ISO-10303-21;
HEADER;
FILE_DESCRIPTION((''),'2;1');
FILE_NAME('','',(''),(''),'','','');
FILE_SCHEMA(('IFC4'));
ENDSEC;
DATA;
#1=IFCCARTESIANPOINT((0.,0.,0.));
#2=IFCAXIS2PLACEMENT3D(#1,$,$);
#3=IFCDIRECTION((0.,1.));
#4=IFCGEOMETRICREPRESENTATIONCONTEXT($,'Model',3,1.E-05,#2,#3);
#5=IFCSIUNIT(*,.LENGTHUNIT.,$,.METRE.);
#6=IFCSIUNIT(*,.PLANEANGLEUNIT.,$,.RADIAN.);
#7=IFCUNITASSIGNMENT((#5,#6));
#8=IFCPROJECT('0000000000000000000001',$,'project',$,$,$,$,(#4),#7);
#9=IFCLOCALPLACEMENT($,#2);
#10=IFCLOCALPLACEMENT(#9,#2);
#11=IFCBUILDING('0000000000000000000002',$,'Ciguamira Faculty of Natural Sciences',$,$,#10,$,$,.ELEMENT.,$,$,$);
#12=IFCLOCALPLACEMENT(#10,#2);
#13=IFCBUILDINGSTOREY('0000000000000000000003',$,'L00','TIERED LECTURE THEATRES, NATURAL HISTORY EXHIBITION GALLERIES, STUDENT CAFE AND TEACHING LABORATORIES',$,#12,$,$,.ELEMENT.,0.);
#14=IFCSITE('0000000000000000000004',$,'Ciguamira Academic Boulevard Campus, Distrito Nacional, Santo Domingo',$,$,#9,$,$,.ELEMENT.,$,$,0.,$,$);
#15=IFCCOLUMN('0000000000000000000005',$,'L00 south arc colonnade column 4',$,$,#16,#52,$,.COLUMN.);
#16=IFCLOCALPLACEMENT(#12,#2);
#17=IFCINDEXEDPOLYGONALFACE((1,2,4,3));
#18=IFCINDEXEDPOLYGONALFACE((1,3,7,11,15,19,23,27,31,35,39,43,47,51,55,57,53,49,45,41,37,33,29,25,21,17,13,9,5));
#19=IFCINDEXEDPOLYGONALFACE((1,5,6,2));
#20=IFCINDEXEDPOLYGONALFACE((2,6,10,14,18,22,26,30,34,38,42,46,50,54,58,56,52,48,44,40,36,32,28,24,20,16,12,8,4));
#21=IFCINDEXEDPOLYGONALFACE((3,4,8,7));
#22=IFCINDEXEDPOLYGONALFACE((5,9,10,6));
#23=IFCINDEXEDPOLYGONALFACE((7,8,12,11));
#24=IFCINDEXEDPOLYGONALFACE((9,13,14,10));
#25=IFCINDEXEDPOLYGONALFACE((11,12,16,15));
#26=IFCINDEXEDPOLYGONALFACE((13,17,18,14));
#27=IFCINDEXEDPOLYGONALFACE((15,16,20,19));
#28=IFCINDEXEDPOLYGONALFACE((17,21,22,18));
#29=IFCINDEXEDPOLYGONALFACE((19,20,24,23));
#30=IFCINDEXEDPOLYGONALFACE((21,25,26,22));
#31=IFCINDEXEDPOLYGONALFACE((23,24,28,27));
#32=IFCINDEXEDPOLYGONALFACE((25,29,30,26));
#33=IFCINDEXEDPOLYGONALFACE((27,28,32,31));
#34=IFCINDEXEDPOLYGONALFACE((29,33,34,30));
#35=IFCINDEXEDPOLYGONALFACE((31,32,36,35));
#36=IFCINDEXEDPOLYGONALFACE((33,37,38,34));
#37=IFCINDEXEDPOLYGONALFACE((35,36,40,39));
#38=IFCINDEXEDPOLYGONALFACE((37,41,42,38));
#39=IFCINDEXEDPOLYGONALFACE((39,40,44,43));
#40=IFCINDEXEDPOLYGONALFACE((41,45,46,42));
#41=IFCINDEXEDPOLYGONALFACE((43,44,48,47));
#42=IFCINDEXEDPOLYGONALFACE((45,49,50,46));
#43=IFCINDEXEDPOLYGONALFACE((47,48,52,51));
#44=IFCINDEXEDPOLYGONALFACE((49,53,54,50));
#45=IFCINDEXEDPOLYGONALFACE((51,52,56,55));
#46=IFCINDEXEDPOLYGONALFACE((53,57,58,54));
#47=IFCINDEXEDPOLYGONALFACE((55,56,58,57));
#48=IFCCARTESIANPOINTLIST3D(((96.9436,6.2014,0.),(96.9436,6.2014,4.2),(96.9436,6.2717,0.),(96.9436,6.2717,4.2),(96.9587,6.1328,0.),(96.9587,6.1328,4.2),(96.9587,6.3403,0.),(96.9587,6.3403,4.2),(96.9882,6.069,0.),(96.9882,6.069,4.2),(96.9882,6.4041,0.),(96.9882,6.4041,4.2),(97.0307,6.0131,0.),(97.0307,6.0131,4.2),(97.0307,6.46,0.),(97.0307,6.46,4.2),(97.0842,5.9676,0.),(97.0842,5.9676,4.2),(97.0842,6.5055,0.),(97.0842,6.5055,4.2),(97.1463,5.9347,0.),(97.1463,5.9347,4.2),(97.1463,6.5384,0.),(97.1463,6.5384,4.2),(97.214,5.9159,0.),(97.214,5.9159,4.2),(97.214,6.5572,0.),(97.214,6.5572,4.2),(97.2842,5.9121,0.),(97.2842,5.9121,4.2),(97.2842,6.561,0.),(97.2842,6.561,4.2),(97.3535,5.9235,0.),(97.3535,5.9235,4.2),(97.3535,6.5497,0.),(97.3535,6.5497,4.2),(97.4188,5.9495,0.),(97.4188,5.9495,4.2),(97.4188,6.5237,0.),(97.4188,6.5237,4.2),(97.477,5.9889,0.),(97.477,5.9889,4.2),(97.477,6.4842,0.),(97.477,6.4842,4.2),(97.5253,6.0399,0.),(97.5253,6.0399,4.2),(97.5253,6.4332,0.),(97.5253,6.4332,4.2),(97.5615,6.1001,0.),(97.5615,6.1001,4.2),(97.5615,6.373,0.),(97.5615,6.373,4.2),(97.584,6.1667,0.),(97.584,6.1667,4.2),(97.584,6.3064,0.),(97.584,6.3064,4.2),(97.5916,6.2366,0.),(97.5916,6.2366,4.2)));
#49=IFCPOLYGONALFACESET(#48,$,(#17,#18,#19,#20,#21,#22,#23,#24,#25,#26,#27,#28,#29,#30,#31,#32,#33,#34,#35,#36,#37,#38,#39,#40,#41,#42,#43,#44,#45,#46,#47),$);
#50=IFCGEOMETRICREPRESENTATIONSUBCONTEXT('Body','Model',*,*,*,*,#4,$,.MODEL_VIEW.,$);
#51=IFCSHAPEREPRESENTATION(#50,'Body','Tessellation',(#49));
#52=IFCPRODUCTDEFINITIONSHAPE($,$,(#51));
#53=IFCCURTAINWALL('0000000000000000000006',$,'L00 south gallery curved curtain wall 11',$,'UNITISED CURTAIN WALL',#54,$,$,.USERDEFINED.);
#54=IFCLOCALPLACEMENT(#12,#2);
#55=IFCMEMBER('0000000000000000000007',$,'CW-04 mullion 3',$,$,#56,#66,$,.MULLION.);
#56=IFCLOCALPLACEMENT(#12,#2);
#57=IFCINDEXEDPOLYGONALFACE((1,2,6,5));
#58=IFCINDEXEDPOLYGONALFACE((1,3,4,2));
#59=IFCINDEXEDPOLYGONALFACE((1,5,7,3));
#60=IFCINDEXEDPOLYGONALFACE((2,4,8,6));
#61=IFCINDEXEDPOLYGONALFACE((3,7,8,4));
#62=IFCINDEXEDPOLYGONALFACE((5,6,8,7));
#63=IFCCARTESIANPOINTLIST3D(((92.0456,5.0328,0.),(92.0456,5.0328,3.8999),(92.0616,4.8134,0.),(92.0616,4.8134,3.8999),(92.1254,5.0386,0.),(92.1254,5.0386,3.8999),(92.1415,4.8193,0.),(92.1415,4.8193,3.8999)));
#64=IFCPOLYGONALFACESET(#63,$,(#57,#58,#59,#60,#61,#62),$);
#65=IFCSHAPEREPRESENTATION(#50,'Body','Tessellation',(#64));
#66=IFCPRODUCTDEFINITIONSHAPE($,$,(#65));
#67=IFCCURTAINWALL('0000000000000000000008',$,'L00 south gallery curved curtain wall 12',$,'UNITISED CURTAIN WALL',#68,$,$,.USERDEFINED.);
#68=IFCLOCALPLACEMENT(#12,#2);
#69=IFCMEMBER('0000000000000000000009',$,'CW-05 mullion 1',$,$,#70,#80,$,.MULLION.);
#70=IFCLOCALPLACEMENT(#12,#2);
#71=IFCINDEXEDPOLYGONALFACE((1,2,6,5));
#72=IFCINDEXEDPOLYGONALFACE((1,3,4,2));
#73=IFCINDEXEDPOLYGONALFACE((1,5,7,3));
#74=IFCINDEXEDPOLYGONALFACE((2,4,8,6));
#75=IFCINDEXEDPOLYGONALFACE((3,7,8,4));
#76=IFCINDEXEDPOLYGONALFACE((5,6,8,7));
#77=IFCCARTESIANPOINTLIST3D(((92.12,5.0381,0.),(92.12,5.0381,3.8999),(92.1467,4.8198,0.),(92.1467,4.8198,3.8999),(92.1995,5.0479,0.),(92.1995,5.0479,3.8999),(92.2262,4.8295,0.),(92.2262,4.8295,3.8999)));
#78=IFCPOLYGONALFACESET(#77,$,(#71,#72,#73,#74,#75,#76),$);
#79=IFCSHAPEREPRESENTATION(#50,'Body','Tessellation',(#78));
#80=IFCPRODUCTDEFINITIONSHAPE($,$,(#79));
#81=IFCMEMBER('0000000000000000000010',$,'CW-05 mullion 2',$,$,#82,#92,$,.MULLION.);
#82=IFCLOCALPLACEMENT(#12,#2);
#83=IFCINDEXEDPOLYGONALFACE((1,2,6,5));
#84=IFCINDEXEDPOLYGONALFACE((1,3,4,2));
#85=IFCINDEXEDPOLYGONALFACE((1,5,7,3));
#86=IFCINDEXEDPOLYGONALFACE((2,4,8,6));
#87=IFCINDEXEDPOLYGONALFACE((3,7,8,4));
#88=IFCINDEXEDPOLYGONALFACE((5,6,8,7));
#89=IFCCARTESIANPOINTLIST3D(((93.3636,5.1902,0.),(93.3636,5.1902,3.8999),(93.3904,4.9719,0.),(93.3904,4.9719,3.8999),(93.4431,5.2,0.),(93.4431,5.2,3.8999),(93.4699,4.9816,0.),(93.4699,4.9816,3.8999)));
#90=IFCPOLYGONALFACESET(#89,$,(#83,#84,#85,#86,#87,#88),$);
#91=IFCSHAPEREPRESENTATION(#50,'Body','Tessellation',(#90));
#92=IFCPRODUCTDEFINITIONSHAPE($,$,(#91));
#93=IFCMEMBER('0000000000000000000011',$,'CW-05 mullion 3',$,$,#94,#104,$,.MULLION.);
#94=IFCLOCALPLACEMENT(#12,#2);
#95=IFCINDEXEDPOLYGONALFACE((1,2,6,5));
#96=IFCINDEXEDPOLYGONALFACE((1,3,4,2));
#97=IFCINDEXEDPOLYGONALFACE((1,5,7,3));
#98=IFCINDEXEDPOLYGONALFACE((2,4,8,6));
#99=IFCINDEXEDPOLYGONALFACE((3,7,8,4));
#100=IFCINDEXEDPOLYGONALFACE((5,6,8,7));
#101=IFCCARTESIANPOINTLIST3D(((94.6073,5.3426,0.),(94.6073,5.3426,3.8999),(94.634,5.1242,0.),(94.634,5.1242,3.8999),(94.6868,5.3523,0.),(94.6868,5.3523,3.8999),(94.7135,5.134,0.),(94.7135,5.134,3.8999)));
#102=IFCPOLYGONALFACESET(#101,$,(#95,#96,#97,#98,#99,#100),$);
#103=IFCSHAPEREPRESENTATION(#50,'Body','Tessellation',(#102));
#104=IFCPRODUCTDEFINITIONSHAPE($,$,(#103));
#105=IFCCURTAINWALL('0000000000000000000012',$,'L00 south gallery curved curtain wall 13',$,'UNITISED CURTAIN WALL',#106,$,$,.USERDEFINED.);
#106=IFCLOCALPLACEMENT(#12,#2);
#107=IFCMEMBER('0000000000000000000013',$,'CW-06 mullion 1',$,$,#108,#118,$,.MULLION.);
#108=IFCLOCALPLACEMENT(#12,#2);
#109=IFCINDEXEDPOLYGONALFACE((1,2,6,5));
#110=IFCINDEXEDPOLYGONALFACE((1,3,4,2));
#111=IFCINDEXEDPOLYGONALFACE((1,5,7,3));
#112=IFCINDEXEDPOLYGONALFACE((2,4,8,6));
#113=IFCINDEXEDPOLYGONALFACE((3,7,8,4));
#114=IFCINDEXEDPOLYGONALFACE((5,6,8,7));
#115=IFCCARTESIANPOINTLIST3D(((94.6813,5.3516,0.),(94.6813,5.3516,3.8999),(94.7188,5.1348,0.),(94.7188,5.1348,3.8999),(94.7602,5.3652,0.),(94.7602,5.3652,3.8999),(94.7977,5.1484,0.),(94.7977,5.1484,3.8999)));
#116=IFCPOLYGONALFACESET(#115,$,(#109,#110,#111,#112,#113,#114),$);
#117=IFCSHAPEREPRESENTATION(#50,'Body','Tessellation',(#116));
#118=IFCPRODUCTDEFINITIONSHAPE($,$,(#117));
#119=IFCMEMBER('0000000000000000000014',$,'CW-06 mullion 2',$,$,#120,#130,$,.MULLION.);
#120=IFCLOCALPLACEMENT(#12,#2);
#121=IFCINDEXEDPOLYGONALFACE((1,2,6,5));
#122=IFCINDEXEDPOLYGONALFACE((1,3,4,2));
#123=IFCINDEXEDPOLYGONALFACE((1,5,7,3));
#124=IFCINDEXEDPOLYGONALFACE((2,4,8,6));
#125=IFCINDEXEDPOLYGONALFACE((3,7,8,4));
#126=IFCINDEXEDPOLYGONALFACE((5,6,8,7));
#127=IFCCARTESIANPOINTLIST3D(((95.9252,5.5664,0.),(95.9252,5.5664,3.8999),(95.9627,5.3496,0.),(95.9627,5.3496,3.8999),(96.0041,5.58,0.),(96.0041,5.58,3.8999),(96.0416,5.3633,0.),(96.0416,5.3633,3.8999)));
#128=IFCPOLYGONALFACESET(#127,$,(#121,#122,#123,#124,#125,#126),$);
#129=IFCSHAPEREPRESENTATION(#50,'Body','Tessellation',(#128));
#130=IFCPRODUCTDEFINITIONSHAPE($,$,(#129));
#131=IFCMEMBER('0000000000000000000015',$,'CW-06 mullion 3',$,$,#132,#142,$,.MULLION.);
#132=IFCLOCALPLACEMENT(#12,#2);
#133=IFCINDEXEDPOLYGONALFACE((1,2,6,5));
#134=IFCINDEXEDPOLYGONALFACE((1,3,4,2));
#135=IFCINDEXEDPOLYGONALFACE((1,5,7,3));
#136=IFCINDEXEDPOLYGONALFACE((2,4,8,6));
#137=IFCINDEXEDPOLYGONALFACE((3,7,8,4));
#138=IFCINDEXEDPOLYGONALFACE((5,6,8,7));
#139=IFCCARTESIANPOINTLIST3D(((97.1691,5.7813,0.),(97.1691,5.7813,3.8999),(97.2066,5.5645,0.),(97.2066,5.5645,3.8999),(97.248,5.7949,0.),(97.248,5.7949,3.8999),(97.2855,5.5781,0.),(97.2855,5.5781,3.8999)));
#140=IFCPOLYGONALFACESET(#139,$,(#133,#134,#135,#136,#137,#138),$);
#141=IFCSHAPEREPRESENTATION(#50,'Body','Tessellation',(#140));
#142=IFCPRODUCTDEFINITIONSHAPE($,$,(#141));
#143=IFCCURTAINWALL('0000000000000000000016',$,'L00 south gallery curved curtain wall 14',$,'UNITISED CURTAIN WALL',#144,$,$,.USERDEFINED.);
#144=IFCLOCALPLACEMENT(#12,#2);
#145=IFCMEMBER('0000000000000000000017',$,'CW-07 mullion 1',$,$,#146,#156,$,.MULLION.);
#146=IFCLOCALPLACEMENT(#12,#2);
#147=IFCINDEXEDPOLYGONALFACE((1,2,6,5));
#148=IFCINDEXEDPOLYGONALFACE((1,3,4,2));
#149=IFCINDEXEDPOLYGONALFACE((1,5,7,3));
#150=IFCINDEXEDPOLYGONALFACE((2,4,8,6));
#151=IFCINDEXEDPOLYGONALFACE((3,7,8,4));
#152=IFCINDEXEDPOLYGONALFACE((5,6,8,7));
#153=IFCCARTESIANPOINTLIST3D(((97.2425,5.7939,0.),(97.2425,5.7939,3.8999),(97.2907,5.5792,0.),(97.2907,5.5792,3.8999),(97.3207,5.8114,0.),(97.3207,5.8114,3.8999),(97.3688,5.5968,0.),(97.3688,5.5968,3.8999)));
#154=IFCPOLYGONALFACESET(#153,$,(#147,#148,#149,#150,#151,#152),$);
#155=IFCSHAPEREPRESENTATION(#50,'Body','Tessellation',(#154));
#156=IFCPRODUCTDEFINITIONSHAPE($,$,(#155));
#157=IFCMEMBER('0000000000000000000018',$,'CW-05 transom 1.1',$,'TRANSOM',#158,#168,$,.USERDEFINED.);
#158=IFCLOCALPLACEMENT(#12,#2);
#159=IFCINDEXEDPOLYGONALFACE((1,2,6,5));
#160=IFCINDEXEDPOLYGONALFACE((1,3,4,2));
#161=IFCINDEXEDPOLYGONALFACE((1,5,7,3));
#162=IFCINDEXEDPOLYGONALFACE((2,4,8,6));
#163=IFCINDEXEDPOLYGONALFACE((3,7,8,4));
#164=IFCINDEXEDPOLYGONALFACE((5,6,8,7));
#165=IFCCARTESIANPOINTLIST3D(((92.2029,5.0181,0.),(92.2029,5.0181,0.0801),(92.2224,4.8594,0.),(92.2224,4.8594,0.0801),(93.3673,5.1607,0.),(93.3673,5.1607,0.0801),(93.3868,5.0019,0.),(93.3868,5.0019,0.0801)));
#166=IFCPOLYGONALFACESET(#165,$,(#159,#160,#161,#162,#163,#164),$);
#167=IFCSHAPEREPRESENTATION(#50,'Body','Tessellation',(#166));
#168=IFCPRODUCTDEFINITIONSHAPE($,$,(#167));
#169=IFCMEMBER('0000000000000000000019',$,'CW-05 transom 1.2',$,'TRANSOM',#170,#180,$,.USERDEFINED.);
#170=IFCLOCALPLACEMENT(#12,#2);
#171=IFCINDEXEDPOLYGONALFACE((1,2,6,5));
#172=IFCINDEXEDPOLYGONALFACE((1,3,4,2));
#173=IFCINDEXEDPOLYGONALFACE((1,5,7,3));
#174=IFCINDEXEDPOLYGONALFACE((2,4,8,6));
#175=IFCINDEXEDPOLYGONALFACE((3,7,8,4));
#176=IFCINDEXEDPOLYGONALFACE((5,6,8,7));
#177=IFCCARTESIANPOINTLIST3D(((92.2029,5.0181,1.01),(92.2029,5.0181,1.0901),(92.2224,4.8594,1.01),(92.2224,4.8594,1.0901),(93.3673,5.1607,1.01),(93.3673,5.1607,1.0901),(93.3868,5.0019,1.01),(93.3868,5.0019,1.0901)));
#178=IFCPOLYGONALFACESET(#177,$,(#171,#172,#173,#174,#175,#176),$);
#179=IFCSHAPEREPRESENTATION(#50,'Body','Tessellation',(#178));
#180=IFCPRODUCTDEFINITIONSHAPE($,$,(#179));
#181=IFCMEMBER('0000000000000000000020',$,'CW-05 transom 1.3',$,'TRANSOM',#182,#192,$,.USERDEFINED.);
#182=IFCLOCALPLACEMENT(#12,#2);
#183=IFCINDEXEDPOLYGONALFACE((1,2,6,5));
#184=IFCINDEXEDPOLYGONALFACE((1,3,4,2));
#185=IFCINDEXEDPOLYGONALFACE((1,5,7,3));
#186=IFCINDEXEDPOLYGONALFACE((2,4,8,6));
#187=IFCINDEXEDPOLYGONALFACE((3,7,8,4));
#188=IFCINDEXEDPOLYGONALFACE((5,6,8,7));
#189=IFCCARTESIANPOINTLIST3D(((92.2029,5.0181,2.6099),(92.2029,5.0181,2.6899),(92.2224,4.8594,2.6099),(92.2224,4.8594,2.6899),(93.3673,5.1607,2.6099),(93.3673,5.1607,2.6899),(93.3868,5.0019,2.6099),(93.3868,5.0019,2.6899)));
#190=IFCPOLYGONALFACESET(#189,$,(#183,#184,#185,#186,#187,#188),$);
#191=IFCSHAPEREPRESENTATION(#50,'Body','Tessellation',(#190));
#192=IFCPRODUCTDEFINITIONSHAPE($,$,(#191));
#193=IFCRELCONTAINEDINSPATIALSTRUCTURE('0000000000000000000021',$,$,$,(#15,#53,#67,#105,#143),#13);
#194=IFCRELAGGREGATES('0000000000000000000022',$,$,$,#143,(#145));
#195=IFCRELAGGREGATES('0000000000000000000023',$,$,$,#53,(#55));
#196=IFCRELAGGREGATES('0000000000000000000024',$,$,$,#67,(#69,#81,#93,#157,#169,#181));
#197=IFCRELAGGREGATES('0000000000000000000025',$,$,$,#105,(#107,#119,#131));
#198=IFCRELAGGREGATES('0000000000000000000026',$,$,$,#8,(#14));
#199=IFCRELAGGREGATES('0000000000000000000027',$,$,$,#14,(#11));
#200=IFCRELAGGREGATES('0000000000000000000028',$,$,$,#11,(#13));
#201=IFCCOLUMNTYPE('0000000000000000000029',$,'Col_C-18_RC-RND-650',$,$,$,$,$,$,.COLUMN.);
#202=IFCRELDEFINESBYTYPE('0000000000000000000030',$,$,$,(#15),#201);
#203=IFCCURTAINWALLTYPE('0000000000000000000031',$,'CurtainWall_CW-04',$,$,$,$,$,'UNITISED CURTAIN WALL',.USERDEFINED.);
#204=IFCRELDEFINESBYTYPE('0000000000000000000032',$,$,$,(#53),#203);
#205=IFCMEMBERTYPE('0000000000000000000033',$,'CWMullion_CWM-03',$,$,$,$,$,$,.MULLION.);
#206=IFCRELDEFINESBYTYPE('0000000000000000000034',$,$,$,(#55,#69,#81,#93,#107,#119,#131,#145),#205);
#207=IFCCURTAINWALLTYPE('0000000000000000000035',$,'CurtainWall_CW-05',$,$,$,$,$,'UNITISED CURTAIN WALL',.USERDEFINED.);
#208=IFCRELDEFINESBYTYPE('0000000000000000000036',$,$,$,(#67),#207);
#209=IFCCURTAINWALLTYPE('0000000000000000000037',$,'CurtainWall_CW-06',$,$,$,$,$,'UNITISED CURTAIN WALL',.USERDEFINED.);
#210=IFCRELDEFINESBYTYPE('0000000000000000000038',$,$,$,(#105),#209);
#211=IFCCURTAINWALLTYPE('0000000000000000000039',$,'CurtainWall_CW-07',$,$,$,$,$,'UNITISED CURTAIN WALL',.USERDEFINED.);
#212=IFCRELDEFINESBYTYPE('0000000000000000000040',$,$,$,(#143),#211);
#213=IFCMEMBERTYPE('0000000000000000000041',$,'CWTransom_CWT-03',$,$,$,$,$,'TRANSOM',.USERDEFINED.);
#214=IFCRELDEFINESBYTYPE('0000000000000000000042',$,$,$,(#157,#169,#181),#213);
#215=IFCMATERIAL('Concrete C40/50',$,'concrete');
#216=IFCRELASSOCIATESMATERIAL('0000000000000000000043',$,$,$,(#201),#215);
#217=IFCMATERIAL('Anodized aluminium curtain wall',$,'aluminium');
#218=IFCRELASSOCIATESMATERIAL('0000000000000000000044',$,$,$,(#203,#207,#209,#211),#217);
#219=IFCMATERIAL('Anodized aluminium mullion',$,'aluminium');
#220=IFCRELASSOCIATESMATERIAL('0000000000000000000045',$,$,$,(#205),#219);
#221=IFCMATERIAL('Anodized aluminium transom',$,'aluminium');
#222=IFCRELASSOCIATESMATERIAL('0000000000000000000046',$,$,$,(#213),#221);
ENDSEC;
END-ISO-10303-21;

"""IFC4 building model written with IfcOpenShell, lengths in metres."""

from ifc_helpers import new_model, si_unit, direction, frame, origin, origin_2d, place, context, subcontext, project, spatial, rectangle, circle, extrude, material, material_profile, profile_set, type_object, element, aggregate, save


model = new_model("IFC4")

# Units and contexts
model_context = context("Model", 3, precision=1e-05, world=origin(), true_north=direction((0.0, 1.0)))
body_context = subcontext(model_context, "Body", "Model", "MODEL_VIEW")
ifc_project = project(units=[si_unit("LENGTHUNIT", "METRE"), si_unit("PLANEANGLEUNIT", "RADIAN")], contexts=[model_context])

# Site, building, storey
site_placement = place(None, origin())
site = spatial("IfcSite", under=ifc_project, at=site_placement, Name="Ciguamira Academic Boulevard Campus, Distrito Nacional, Santo Domingo", CompositionType="ELEMENT", RefElevation=0.0)
building_placement = place(site_placement, origin())
building = spatial("IfcBuilding", under=site, at=building_placement, Name="Ciguamira Faculty of Natural Sciences", CompositionType="ELEMENT")
storey_placement = place(building_placement, origin())
storey = spatial("IfcBuildingStorey", under=building, at=storey_placement, Name="L00", Description="TIERED LECTURE THEATRES, NATURAL HISTORY EXHIBITION GALLERIES, STUDENT CAFE AND TEACHING LABORATORIES", CompositionType="ELEMENT", Elevation=0.0)

# Column
ifc_material_1 = material(Name="Concrete C40/50", Category="concrete")
ifc_material_profile_1 = material_profile(ifc_material_1, circle(Radius=0.325, at=origin_2d()), Name="RC-RND-650")
ifc_profile_set_1 = profile_set([ifc_material_profile_1], Name="Concrete C40/50")
column_type = type_object("IfcColumnType", Name="Col_C-18_RC-RND-650", PredefinedType="COLUMN", material=ifc_profile_set_1)
column_placement = place(storey_placement, frame((97.2666, 6.2366, 0.0), z_axis=(0.0, 0.0, 1.0), x_axis=(1.0, 0.0, 0.0)))
element("IfcColumn", 1, at=column_placement, inside=storey, type_object=column_type, Name="L00 south arc colonnade column 4", PredefinedType="COLUMN", context=body_context, shape_type="SweptSolid", body=[
    extrude(circle(Radius=0.325, at=origin_2d()), origin(), (0.0, 0.0, 1.0), 4.2),
])

# Curtain wall, member
ifc_material_2 = material(Name="Anodized aluminium curtain wall", Category="aluminium")
curtain_wall_type_1 = type_object("IfcCurtainWallType", Name="CurtainWall_CW-04", ElementType="UNITISED CURTAIN WALL", PredefinedType="USERDEFINED", material=ifc_material_2)
curtain_wall_1_placement = place(storey_placement, origin())
curtain_wall_1 = element("IfcCurtainWall", 2, at=curtain_wall_1_placement, inside=storey, type_object=curtain_wall_type_1, Name="L00 south gallery curved curtain wall 11", ObjectType="UNITISED CURTAIN WALL", PredefinedType="USERDEFINED")
ifc_material_3 = material(Name="Anodized aluminium mullion", Category="aluminium")
ifc_material_profile_2 = material_profile(ifc_material_3, rectangle(XDim=0.0801, YDim=0.22, at=origin_2d()), Name="ALU-MUL-80X220")
ifc_profile_set_2 = profile_set([ifc_material_profile_2], Name="Anodized aluminium mullion")
member_type_1 = type_object("IfcMemberType", Name="CWMullion_CWM-03", PredefinedType="MULLION", material=ifc_profile_set_2)
member_1_placement = place(storey_placement, frame((92.0935, 4.926, 0.0), z_axis=(0.0, 0.0, 1.0), x_axis=(0.997337, 0.072937, 0.0)))
member_1 = element("IfcMember", 3, at=member_1_placement, type_object=member_type_1, Name="CW-04 mullion 3", PredefinedType="MULLION", context=body_context, shape_type="SweptSolid", body=[
    extrude(rectangle(XDim=0.0801, YDim=0.22, at=origin_2d()), origin(), (0.0, 0.0, 1.0), 3.8999),
])

# Curtain walls, members
curtain_wall_type_2 = type_object("IfcCurtainWallType", Name="CurtainWall_CW-05", ElementType="UNITISED CURTAIN WALL", PredefinedType="USERDEFINED", material=ifc_material_2)
curtain_wall_2_placement = place(storey_placement, origin())
curtain_wall_2 = element("IfcCurtainWall", 4, at=curtain_wall_2_placement, inside=storey, type_object=curtain_wall_type_2, Name="L00 south gallery curved curtain wall 12", ObjectType="UNITISED CURTAIN WALL", PredefinedType="USERDEFINED")
member_2_placement = place(storey_placement, frame((92.1731, 4.9338, 0.0), z_axis=(0.0, 0.0, 1.0), x_axis=(0.992586, 0.121545, 0.0)))
member_2 = element("IfcMember", 5, at=member_2_placement, type_object=member_type_1, Name="CW-05 mullion 1", PredefinedType="MULLION", context=body_context, shape_type="SweptSolid", body=[
    extrude(rectangle(XDim=0.0801, YDim=0.22, at=origin_2d()), origin(), (0.0, 0.0, 1.0), 3.8999),
])
member_3_placement = place(storey_placement, frame((93.4167, 5.0859, 0.0), z_axis=(0.0, 0.0, 1.0), x_axis=(0.992586, 0.121545, 0.0)))
member_3 = element("IfcMember", 6, at=member_3_placement, type_object=member_type_1, Name="CW-05 mullion 2", PredefinedType="MULLION", context=body_context, shape_type="SweptSolid", body=[
    extrude(rectangle(XDim=0.0801, YDim=0.22, at=origin_2d()), origin(), (0.0, 0.0, 1.0), 3.8999),
])
member_4_placement = place(storey_placement, frame((94.6604, 5.2383, 0.0), z_axis=(0.0, 0.0, 1.0), x_axis=(0.992586, 0.121545, 0.0)))
member_4 = element("IfcMember", 7, at=member_4_placement, type_object=member_type_1, Name="CW-05 mullion 3", PredefinedType="MULLION", context=body_context, shape_type="SweptSolid", body=[
    extrude(rectangle(XDim=0.0801, YDim=0.22, at=origin_2d()), origin(), (0.0, 0.0, 1.0), 3.8999),
])
curtain_wall_type_3 = type_object("IfcCurtainWallType", Name="CurtainWall_CW-06", ElementType="UNITISED CURTAIN WALL", PredefinedType="USERDEFINED", material=ifc_material_2)
curtain_wall_3_placement = place(storey_placement, origin())
curtain_wall_3 = element("IfcCurtainWall", 8, at=curtain_wall_3_placement, inside=storey, type_object=curtain_wall_type_3, Name="L00 south gallery curved curtain wall 13", ObjectType="UNITISED CURTAIN WALL", PredefinedType="USERDEFINED")
member_5_placement = place(storey_placement, frame((94.7395, 5.25, 0.0), z_axis=(0.0, 0.0, 1.0), x_axis=(0.985411, 0.170192, 0.0)))
member_5 = element("IfcMember", 9, at=member_5_placement, type_object=member_type_1, Name="CW-06 mullion 1", PredefinedType="MULLION", context=body_context, shape_type="SweptSolid", body=[
    extrude(rectangle(XDim=0.0801, YDim=0.22, at=origin_2d()), origin(), (0.0, 0.0, 1.0), 3.8999),
])
member_6_placement = place(storey_placement, frame((95.9834, 5.4648, 0.0), z_axis=(0.0, 0.0, 1.0), x_axis=(0.985411, 0.170192, 0.0)))
member_6 = element("IfcMember", 10, at=member_6_placement, type_object=member_type_1, Name="CW-06 mullion 2", PredefinedType="MULLION", context=body_context, shape_type="SweptSolid", body=[
    extrude(rectangle(XDim=0.0801, YDim=0.22, at=origin_2d()), origin(), (0.0, 0.0, 1.0), 3.8999),
])
member_7_placement = place(storey_placement, frame((97.2273, 5.6797, 0.0), z_axis=(0.0, 0.0, 1.0), x_axis=(0.985411, 0.170192, 0.0)))
member_7 = element("IfcMember", 11, at=member_7_placement, type_object=member_type_1, Name="CW-06 mullion 3", PredefinedType="MULLION", context=body_context, shape_type="SweptSolid", body=[
    extrude(rectangle(XDim=0.0801, YDim=0.22, at=origin_2d()), origin(), (0.0, 0.0, 1.0), 3.8999),
])

# Curtain wall, member
curtain_wall_type_4 = type_object("IfcCurtainWallType", Name="CurtainWall_CW-07", ElementType="UNITISED CURTAIN WALL", PredefinedType="USERDEFINED", material=ifc_material_2)
curtain_wall_4_placement = place(storey_placement, origin())
curtain_wall_4 = element("IfcCurtainWall", 12, at=curtain_wall_4_placement, inside=storey, type_object=curtain_wall_type_4, Name="L00 south gallery curved curtain wall 14", ObjectType="UNITISED CURTAIN WALL", PredefinedType="USERDEFINED")
member_8_placement = place(storey_placement, frame((97.3057, 5.6953, 0.0), z_axis=(0.0, 0.0, 1.0), x_axis=(0.975763, 0.21883, 0.0)))
member_8 = element("IfcMember", 13, at=member_8_placement, type_object=member_type_1, Name="CW-07 mullion 1", PredefinedType="MULLION", context=body_context, shape_type="SweptSolid", body=[
    extrude(rectangle(XDim=0.0801, YDim=0.22, at=origin_2d()), origin(), (0.0, 0.0, 1.0), 3.8999),
])

# Members
ifc_material_4 = material(Name="Anodized aluminium transom", Category="aluminium")
ifc_material_profile_3 = material_profile(ifc_material_4, rectangle(XDim=0.0801, YDim=0.1599, at=origin_2d()), Name="ALU-TRN-80X160")
ifc_profile_set_3 = profile_set([ifc_material_profile_3], Name="Anodized aluminium transom")
member_type_2 = type_object("IfcMemberType", Name="CWTransom_CWT-03", ElementType="TRANSOM", PredefinedType="USERDEFINED", material=ifc_profile_set_3)
member_9_placement = place(storey_placement, frame((92.2126, 4.9387, 0.04), z_axis=(0.992585, 0.12155, 0.0), x_axis=(0.0, 0.0, 1.0)))
member_9 = element("IfcMember", 14, at=member_9_placement, type_object=member_type_2, Name="CW-05 transom 1.1", ObjectType="TRANSOM", PredefinedType="USERDEFINED", context=body_context, shape_type="SweptSolid", body=[
    extrude(rectangle(XDim=0.0801, YDim=0.1599, at=origin_2d()), origin(), (0.0, 0.0, 1.0), 1.1731),
])
member_10_placement = place(storey_placement, frame((92.2126, 4.9387, 1.05), z_axis=(0.992585, 0.12155, 0.0), x_axis=(0.0, 0.0, 1.0)))
member_10 = element("IfcMember", 15, at=member_10_placement, type_object=member_type_2, Name="CW-05 transom 1.2", ObjectType="TRANSOM", PredefinedType="USERDEFINED", context=body_context, shape_type="SweptSolid", body=[
    extrude(rectangle(XDim=0.0801, YDim=0.1599, at=origin_2d()), origin(), (0.0, 0.0, 1.0), 1.1731),
])
member_11_placement = place(storey_placement, frame((92.2126, 4.9387, 2.6499), z_axis=(0.992585, 0.12155, 0.0), x_axis=(0.0, 0.0, 1.0)))
member_11 = element("IfcMember", 16, at=member_11_placement, type_object=member_type_2, Name="CW-05 transom 1.3", ObjectType="TRANSOM", PredefinedType="USERDEFINED", context=body_context, shape_type="SweptSolid", body=[
    extrude(rectangle(XDim=0.0801, YDim=0.1599, at=origin_2d()), origin(), (0.0, 0.0, 1.0), 1.1731),
])
aggregate(curtain_wall_4, [member_8])

aggregate(curtain_wall_1, [member_1])
aggregate(curtain_wall_2, [member_2, member_3, member_4, member_9, member_10, member_11])
aggregate(curtain_wall_3, [member_5, member_6, member_7])

save(model, "model.ifc")
